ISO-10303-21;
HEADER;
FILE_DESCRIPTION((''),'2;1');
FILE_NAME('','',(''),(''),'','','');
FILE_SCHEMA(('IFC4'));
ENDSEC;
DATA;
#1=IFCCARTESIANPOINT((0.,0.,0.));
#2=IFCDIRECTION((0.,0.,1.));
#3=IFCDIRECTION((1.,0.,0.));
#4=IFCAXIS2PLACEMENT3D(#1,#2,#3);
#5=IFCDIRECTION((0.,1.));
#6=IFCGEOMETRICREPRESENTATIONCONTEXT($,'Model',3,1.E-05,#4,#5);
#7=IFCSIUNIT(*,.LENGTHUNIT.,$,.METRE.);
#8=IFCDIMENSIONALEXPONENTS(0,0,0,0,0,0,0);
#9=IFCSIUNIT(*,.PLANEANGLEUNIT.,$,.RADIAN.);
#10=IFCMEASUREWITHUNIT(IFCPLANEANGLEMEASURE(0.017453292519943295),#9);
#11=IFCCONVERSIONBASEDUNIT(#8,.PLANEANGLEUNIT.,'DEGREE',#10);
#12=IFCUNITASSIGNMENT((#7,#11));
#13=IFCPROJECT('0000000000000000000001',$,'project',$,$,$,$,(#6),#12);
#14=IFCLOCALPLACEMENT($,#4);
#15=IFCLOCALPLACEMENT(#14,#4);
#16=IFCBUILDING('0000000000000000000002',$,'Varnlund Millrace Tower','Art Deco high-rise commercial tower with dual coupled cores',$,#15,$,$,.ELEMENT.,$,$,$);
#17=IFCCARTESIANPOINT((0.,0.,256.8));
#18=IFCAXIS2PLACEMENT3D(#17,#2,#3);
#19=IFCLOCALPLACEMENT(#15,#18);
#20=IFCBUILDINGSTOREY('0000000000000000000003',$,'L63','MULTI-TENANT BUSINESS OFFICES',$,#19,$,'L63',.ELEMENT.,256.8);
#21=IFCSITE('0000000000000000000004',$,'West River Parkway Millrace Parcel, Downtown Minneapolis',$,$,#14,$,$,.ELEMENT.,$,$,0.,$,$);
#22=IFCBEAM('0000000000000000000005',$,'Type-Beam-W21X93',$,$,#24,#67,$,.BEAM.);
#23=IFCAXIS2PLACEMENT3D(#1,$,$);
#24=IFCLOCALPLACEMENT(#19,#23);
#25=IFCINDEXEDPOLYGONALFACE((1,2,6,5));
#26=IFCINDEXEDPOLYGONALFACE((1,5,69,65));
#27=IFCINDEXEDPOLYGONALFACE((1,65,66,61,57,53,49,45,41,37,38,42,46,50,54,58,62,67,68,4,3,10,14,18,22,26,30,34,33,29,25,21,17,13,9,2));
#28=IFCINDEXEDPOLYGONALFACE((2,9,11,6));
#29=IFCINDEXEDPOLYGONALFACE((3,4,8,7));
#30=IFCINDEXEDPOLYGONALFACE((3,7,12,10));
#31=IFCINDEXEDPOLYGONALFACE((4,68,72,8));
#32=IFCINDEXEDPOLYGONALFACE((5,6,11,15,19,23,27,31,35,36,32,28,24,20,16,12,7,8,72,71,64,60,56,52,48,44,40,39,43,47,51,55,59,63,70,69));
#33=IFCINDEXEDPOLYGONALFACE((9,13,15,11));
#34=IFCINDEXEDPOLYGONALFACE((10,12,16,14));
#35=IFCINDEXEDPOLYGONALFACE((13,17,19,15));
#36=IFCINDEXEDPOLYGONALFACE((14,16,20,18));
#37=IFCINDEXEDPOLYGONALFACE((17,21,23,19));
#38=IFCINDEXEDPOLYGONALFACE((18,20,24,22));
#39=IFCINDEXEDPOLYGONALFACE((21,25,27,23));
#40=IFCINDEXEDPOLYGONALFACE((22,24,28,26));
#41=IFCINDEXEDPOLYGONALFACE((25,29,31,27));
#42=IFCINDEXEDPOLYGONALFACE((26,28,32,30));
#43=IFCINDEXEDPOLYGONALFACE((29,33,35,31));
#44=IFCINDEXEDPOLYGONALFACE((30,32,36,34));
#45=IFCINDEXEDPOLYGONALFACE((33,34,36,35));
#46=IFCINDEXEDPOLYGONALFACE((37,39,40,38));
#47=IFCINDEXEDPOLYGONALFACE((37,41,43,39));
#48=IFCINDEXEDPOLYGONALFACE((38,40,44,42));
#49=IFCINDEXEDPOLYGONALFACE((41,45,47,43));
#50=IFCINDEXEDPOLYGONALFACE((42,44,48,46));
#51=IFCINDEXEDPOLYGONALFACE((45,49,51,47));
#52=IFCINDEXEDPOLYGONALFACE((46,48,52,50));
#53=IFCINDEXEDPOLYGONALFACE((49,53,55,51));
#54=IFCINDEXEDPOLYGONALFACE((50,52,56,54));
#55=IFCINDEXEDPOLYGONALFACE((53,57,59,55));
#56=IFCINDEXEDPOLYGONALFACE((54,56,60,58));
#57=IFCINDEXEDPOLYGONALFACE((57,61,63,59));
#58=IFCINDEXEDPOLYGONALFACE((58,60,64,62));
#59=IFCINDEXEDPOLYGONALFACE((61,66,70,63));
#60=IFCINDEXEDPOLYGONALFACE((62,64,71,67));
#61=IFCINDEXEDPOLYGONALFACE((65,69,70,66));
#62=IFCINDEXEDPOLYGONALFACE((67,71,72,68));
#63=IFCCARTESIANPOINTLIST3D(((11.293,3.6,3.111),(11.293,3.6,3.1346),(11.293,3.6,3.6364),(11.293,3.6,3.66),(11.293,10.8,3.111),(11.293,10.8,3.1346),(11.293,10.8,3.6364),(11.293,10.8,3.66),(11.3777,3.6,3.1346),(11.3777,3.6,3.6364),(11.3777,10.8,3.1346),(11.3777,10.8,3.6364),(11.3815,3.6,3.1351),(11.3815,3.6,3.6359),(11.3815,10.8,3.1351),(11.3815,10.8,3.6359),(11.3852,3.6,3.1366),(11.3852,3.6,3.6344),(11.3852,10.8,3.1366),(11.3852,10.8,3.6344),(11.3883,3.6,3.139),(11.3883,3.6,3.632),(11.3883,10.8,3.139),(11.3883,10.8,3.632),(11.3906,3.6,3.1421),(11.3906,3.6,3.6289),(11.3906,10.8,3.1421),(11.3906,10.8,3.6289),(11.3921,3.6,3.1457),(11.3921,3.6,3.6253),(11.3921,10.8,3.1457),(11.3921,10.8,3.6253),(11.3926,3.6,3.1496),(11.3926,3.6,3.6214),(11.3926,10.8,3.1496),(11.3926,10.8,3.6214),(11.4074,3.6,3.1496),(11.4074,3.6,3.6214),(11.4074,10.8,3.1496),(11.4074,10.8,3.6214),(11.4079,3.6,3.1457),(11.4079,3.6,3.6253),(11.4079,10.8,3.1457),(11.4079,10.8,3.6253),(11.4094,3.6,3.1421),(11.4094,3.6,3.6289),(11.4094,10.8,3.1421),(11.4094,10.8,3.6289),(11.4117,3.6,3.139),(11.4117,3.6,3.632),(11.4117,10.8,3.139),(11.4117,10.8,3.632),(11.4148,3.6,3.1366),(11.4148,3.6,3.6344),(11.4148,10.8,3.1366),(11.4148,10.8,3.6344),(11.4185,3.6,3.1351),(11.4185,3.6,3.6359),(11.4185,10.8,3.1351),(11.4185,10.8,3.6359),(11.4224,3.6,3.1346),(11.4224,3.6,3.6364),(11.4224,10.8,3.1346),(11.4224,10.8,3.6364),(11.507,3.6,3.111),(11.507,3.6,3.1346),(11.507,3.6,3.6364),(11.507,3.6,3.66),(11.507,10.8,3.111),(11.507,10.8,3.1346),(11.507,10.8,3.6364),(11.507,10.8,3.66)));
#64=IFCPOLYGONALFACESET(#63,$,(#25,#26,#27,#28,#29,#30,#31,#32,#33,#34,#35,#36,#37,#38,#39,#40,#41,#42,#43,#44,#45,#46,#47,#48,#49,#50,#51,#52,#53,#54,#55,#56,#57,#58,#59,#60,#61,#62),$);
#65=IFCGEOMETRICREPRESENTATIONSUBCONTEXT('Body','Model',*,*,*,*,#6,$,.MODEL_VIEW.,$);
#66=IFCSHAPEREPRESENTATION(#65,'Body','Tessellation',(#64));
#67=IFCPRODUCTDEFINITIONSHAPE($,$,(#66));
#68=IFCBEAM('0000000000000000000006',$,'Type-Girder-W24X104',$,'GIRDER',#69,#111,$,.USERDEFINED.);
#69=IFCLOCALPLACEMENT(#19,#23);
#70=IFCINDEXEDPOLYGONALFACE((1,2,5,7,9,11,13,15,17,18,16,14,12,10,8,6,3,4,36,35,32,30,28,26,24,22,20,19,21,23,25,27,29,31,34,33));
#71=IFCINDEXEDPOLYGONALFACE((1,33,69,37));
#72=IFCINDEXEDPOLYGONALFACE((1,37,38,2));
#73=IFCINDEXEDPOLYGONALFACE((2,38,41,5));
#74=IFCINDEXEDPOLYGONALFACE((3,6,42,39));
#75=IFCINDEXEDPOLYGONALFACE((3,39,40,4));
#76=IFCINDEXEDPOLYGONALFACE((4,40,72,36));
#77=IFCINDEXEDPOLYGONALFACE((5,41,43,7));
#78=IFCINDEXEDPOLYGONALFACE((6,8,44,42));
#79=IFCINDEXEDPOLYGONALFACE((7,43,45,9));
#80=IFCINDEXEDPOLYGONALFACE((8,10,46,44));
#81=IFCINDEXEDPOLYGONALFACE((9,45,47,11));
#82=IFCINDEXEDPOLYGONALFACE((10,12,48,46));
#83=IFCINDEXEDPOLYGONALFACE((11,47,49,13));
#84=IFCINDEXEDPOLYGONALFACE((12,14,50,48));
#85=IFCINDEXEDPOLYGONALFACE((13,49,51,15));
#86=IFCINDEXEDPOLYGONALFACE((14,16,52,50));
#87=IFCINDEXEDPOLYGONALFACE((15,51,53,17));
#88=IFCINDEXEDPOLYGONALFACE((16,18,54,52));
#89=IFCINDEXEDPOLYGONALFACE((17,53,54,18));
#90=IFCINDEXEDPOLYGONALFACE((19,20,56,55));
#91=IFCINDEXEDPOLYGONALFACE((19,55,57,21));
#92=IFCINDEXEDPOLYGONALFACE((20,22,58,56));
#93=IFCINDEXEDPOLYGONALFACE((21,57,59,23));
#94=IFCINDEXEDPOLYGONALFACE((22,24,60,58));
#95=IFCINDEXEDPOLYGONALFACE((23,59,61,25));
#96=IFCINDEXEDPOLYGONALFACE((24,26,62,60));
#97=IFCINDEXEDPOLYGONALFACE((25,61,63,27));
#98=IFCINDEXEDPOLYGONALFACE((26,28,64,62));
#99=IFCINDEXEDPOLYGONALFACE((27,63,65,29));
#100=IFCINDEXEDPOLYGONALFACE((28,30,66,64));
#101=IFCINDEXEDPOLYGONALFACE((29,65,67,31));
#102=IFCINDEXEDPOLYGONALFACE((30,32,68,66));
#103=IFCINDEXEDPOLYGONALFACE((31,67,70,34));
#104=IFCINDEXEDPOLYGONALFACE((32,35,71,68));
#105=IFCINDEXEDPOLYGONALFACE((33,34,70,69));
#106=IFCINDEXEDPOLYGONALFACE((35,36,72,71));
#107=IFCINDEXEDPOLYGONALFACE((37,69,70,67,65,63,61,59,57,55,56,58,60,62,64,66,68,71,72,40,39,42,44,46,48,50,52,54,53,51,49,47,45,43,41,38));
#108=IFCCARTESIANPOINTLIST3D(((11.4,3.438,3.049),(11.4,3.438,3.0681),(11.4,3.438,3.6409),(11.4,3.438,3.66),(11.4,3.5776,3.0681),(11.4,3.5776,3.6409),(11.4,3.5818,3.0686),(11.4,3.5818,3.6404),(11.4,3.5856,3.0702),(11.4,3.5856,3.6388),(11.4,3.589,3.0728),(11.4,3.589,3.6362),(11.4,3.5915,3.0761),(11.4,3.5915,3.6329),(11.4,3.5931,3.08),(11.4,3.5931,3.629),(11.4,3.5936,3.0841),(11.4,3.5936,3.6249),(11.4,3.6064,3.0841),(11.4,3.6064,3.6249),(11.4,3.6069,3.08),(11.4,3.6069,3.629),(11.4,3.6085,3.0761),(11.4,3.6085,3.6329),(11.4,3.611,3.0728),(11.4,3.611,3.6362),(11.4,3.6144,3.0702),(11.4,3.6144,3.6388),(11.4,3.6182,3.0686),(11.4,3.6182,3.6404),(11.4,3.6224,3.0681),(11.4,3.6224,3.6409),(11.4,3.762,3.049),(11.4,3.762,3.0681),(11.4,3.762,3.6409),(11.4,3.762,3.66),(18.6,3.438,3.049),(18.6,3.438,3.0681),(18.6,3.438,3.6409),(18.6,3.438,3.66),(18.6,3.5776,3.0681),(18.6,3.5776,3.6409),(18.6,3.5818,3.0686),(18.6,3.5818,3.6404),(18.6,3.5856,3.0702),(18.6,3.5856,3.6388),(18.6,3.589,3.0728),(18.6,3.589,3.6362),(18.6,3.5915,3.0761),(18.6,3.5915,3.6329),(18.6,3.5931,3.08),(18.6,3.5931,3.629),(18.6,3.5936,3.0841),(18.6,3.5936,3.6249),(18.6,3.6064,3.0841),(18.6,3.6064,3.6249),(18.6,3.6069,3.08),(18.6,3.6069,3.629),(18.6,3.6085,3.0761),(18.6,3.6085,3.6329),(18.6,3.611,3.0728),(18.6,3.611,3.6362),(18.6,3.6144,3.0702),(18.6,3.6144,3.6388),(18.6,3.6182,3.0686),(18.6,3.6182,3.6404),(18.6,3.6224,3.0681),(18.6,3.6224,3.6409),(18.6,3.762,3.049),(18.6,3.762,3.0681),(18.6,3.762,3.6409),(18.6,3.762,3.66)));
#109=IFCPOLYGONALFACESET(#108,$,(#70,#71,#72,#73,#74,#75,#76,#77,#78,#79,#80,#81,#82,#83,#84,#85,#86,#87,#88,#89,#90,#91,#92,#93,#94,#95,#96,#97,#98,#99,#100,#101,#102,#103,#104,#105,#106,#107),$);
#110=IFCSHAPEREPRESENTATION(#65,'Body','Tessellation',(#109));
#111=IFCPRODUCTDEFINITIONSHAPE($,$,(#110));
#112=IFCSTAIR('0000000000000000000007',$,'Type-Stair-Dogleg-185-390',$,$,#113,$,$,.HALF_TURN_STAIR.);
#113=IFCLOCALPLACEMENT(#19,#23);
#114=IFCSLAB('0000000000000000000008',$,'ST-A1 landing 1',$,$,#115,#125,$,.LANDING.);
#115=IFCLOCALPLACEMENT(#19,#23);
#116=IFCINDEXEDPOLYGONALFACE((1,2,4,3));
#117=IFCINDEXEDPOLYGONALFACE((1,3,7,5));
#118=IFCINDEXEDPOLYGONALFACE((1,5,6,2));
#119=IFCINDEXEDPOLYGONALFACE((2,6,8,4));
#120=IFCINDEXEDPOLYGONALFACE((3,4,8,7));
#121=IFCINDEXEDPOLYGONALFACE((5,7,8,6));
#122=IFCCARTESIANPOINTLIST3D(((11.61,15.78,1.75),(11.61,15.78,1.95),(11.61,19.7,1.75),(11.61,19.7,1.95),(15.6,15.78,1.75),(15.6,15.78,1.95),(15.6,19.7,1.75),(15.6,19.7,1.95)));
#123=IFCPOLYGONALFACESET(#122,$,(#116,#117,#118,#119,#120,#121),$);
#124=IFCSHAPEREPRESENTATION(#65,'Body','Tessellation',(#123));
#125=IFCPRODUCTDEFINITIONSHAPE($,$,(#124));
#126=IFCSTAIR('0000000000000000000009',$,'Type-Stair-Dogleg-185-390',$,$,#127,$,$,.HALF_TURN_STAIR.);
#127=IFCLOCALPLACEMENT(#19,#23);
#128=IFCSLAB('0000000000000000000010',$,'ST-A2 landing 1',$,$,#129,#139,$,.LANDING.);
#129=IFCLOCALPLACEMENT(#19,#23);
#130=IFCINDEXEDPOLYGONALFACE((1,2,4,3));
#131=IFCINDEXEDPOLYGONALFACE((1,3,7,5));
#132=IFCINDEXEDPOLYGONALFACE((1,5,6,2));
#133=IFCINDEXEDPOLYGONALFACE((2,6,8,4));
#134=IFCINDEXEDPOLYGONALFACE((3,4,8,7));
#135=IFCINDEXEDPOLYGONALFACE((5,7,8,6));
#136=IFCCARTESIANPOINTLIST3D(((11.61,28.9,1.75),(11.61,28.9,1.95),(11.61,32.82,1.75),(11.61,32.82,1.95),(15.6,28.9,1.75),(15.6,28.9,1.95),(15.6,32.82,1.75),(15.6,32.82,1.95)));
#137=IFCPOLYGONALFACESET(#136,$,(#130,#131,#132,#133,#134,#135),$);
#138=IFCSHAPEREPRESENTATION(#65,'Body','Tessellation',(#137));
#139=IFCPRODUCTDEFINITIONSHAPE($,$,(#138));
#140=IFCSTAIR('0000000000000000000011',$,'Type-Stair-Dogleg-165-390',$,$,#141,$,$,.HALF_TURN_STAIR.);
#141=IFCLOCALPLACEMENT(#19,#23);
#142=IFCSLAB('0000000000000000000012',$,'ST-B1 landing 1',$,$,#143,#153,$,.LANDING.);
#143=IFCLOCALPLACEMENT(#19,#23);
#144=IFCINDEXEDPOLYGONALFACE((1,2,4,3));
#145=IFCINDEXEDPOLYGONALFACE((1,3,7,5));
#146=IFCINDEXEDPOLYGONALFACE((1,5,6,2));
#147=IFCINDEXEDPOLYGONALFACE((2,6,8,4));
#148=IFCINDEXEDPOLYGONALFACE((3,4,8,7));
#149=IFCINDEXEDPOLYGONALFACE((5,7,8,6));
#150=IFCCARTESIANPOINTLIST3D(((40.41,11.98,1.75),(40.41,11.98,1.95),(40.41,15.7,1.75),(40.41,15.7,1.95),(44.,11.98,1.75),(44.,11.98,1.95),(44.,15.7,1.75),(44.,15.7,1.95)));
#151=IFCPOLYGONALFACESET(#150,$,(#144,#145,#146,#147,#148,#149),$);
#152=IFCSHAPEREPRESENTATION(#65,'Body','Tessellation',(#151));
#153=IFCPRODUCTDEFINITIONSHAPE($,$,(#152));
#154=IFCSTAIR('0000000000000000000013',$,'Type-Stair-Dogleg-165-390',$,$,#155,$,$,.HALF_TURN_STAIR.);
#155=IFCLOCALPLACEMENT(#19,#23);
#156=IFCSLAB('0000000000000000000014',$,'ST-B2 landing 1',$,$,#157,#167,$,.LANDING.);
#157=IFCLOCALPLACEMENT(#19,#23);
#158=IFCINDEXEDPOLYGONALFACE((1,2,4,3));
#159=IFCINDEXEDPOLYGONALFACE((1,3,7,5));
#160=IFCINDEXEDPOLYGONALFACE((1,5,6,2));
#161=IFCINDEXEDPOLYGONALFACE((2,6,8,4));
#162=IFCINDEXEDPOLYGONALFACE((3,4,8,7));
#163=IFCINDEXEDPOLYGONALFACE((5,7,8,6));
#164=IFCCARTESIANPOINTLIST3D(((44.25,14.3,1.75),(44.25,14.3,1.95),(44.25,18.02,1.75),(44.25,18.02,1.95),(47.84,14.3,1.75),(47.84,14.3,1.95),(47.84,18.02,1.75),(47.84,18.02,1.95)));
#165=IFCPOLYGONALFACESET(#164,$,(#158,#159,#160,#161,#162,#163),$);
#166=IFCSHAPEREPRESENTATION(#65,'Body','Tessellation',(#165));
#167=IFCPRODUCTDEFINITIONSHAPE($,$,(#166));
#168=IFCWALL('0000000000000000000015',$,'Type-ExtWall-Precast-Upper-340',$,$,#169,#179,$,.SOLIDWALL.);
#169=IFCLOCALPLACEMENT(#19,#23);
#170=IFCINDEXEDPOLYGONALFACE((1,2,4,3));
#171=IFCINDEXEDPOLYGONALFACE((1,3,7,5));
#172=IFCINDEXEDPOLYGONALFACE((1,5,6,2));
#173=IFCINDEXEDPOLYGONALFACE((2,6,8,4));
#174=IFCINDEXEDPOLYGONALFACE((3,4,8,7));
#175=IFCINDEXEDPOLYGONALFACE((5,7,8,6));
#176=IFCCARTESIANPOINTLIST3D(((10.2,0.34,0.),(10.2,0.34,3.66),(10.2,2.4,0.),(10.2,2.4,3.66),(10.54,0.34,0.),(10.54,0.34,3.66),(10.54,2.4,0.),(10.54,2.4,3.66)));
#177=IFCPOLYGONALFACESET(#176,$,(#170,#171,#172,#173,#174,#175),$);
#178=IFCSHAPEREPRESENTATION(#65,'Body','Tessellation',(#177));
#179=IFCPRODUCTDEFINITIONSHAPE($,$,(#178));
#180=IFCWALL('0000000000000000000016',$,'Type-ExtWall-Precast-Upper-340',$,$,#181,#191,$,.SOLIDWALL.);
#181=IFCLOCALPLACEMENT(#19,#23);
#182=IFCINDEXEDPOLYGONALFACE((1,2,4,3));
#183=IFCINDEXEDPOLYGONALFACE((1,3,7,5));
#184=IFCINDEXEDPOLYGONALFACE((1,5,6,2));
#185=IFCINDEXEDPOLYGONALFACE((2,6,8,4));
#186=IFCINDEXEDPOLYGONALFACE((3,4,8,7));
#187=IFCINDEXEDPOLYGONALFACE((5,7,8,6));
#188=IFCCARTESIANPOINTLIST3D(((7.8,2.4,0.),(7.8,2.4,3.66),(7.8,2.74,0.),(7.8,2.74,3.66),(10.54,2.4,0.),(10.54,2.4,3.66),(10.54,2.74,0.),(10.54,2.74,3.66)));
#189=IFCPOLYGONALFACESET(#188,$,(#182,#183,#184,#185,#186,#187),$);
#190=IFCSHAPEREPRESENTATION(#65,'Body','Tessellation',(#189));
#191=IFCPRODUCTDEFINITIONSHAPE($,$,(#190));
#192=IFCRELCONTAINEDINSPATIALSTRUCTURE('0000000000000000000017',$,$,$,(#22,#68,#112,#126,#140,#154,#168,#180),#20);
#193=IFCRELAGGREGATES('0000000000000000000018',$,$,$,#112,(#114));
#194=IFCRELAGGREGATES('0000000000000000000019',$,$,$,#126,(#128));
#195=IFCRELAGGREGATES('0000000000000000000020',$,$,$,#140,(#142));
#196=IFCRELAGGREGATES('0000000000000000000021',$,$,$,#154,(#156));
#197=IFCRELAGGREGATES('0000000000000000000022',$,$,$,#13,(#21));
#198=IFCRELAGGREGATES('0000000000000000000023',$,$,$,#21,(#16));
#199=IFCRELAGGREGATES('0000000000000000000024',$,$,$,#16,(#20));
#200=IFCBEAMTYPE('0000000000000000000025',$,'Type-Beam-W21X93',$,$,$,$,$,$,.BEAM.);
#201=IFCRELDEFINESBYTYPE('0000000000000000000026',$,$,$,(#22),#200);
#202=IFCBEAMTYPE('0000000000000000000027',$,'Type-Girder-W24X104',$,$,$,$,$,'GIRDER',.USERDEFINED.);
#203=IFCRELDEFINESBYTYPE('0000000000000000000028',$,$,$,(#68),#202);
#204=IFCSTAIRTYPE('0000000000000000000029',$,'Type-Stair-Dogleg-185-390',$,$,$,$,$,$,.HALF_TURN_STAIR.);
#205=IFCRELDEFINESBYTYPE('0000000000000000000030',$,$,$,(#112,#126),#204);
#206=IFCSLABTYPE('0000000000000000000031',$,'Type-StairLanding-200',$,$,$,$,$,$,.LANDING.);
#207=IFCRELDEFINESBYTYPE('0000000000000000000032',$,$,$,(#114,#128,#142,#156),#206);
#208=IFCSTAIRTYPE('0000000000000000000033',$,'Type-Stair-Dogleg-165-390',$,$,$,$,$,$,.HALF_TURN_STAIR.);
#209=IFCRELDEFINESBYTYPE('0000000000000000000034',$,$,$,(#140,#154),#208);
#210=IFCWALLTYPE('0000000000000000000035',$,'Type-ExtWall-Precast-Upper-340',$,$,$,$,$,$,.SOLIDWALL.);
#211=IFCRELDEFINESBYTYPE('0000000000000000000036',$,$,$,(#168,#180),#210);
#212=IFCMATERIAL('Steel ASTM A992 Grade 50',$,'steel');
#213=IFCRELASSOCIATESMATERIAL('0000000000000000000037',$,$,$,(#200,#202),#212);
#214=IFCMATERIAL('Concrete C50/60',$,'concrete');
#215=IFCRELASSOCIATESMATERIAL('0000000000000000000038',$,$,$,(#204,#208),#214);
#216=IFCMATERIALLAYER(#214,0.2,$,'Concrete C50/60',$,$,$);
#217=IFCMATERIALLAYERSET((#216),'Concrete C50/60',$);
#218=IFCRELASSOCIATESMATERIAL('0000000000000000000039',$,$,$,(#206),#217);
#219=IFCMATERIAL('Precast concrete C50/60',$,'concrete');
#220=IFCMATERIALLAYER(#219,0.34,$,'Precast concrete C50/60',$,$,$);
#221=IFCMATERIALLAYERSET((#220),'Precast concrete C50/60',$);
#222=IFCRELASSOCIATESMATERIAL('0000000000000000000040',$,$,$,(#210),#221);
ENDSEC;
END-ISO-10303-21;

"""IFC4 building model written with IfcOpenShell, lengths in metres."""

from ifc_helpers import new_model, entity, si_unit, converted_unit, direction, frame, origin_with_axes, origin_2d_with_axis, place, context, subcontext, project, spatial, polyline, i_section, outline, extrude, material, layer, layer_set, material_profile, profile_set, type_object, element, aggregate, save


model = new_model("IFC4")

# Units and contexts
model_context = context("Model", 3, precision=1e-05, world=origin_with_axes(), true_north=direction((0.0, 1.0)))
body_context = subcontext(model_context, "Body", "Model", "MODEL_VIEW")
ifc_project = project(units=[si_unit("LENGTHUNIT", "METRE"), converted_unit("PLANEANGLEUNIT", "DEGREE", entity("IfcPlaneAngleMeasure", 0.017453292519943295), si_unit("PLANEANGLEUNIT", "RADIAN"), dimensions=[0, 0, 0, 0, 0, 0, 0])], contexts=[model_context])

# Site, building, storey
site_placement = place(None, origin_with_axes())
site = spatial("IfcSite", under=ifc_project, at=site_placement, Name="West River Parkway Millrace Parcel, Downtown Minneapolis", CompositionType="ELEMENT", RefElevation=0.0)
building_placement = place(site_placement, origin_with_axes())
building = spatial("IfcBuilding", under=site, at=building_placement, Name="Varnlund Millrace Tower", Description="Art Deco high-rise commercial tower with dual coupled cores", CompositionType="ELEMENT")
storey_placement = place(building_placement, frame((0.0, 0.0, 256.8), z_axis=(0.0, 0.0, 1.0), x_axis=(1.0, 0.0, 0.0)))
storey = spatial("IfcBuildingStorey", under=building, at=storey_placement, Name="L63", Description="MULTI-TENANT BUSINESS OFFICES", LongName="L63", CompositionType="ELEMENT", Elevation=256.8)

# Beams
ifc_material_1 = material(Name="Steel ASTM A992 Grade 50", Category="steel")
ifc_material_profile_1 = material_profile(ifc_material_1, i_section(OverallWidth=0.214, OverallDepth=0.549, WebThickness=0.0147, FlangeThickness=0.0236, FilletRadius=0.015, at=origin_2d_with_axis()), Name="Steel ASTM A992 Grade 50")
ifc_profile_set_1 = profile_set([ifc_material_profile_1], Name="Steel ASTM A992 Grade 50")
beam_type_1 = type_object("IfcBeamType", Name="Type-Beam-W21X93", PredefinedType="BEAM", material=ifc_profile_set_1)
beam_1_placement = place(storey_placement, frame((11.4, 3.6, 3.3855), z_axis=(0.0, 1.0, 0.0), x_axis=(-1.0, 0.0, 0.0)))
element("IfcBeam", 1, at=beam_1_placement, inside=storey, type_object=beam_type_1, Name="Type-Beam-W21X93", PredefinedType="BEAM", context=body_context, shape_type="SweptSolid", body=[
    extrude(i_section(OverallWidth=0.214, OverallDepth=0.549, WebThickness=0.0147, FlangeThickness=0.0236, FilletRadius=0.015, at=origin_2d_with_axis()), origin_with_axes(), (0.0, 0.0, 1.0), 7.2),
])
ifc_material_profile_2 = material_profile(ifc_material_1, i_section(OverallWidth=0.324, OverallDepth=0.611, WebThickness=0.0127, FlangeThickness=0.0191, FilletRadius=0.016, at=origin_2d_with_axis()), Name="Steel ASTM A992 Grade 50")
ifc_profile_set_2 = profile_set([ifc_material_profile_2], Name="Steel ASTM A992 Grade 50")
beam_type_2 = type_object("IfcBeamType", Name="Type-Girder-W24X104", ElementType="GIRDER", PredefinedType="USERDEFINED", material=ifc_profile_set_2)
beam_2_placement = place(storey_placement, frame((11.4, 3.6, 3.3545), z_axis=(1.0, 0.0, 0.0), x_axis=(0.0, 1.0, 0.0)))
element("IfcBeam", 2, at=beam_2_placement, inside=storey, type_object=beam_type_2, Name="Type-Girder-W24X104", ObjectType="GIRDER", PredefinedType="USERDEFINED", context=body_context, shape_type="SweptSolid", body=[
    extrude(i_section(OverallWidth=0.324, OverallDepth=0.611, WebThickness=0.0127, FlangeThickness=0.0191, FilletRadius=0.016, at=origin_2d_with_axis()), origin_with_axes(), (0.0, 0.0, 1.0), 7.2),
])

# Stairs, slabs
ifc_material_2 = material(Name="Concrete C50/60", Category="concrete")
stair_type_1 = type_object("IfcStairType", Name="Type-Stair-Dogleg-185-390", PredefinedType="HALF_TURN_STAIR", material=ifc_material_2)
stair_1_placement = place(storey_placement, origin_with_axes())
stair_1 = element("IfcStair", 3, at=stair_1_placement, inside=storey, type_object=stair_type_1, Name="Type-Stair-Dogleg-185-390", PredefinedType="HALF_TURN_STAIR")
ifc_layer_1 = layer(ifc_material_2, 0.2, Name="Concrete C50/60")
ifc_layer_set_1 = layer_set([ifc_layer_1], Name="Concrete C50/60")
slab_type = type_object("IfcSlabType", Name="Type-StairLanding-200", PredefinedType="LANDING", material=ifc_layer_set_1)
slab_1_placement = place(storey_placement, frame((0.0, 0.0, 1.75), z_axis=(0.0, 0.0, 1.0), x_axis=(1.0, 0.0, 0.0)))
slab_1 = element("IfcSlab", 4, at=slab_1_placement, type_object=slab_type, Name="ST-A1 landing 1", PredefinedType="LANDING", context=body_context, shape_type="SweptSolid", body=[
    extrude(outline(polyline([(15.6, 15.78), (15.6, 19.7), (11.61, 19.7), (11.61, 15.78), (15.6, 15.78)])), origin_with_axes(), (0.0, 0.0, 1.0), 0.2),
])
aggregate(stair_1, [slab_1])
stair_2_placement = place(storey_placement, origin_with_axes())
stair_2 = element("IfcStair", 5, at=stair_2_placement, inside=storey, type_object=stair_type_1, Name="Type-Stair-Dogleg-185-390", PredefinedType="HALF_TURN_STAIR")
slab_2_placement = place(storey_placement, frame((0.0, 0.0, 1.75), z_axis=(0.0, 0.0, 1.0), x_axis=(1.0, 0.0, 0.0)))
slab_2 = element("IfcSlab", 6, at=slab_2_placement, type_object=slab_type, Name="ST-A2 landing 1", PredefinedType="LANDING", context=body_context, shape_type="SweptSolid", body=[
    extrude(outline(polyline([(11.61, 32.82), (11.61, 28.9), (15.6, 28.9), (15.6, 32.82), (11.61, 32.82)])), origin_with_axes(), (0.0, 0.0, 1.0), 0.2),
])
aggregate(stair_2, [slab_2])
stair_type_2 = type_object("IfcStairType", Name="Type-Stair-Dogleg-165-390", PredefinedType="HALF_TURN_STAIR", material=ifc_material_2)
stair_3_placement = place(storey_placement, origin_with_axes())
stair_3 = element("IfcStair", 7, at=stair_3_placement, inside=storey, type_object=stair_type_2, Name="Type-Stair-Dogleg-165-390", PredefinedType="HALF_TURN_STAIR")
slab_3_placement = place(storey_placement, frame((0.0, 0.0, 1.75), z_axis=(0.0, 0.0, 1.0), x_axis=(1.0, 0.0, 0.0)))
slab_3 = element("IfcSlab", 8, at=slab_3_placement, type_object=slab_type, Name="ST-B1 landing 1", PredefinedType="LANDING", context=body_context, shape_type="SweptSolid", body=[
    extrude(outline(polyline([(44.0, 11.98), (44.0, 15.7), (40.41, 15.7), (40.41, 11.98), (44.0, 11.98)])), origin_with_axes(), (0.0, 0.0, 1.0), 0.2),
])
aggregate(stair_3, [slab_3])
stair_4_placement = place(storey_placement, origin_with_axes())
stair_4 = element("IfcStair", 9, at=stair_4_placement, inside=storey, type_object=stair_type_2, Name="Type-Stair-Dogleg-165-390", PredefinedType="HALF_TURN_STAIR")
slab_4_placement = place(storey_placement, frame((0.0, 0.0, 1.75), z_axis=(0.0, 0.0, 1.0), x_axis=(1.0, 0.0, 0.0)))
slab_4 = element("IfcSlab", 10, at=slab_4_placement, type_object=slab_type, Name="ST-B2 landing 1", PredefinedType="LANDING", context=body_context, shape_type="SweptSolid", body=[
    extrude(outline(polyline([(44.25, 18.02), (44.25, 14.3), (47.84, 14.3), (47.84, 18.02), (44.25, 18.02)])), origin_with_axes(), (0.0, 0.0, 1.0), 0.2),
])
aggregate(stair_4, [slab_4])

# Walls
ifc_material_3 = material(Name="Precast concrete C50/60", Category="concrete")
ifc_layer_2 = layer(ifc_material_3, 0.34, Name="Precast concrete C50/60")
ifc_layer_set_2 = layer_set([ifc_layer_2], Name="Precast concrete C50/60")
wall_type_1 = type_object("IfcWallType", Name="Type-ExtWall-Precast-Upper-340", PredefinedType="SOLIDWALL", material=ifc_layer_set_2)
wall_1_placement = place(storey_placement, frame((10.37, 0.34, 0.0), z_axis=(0.0, 0.0, 1.0), x_axis=(0.0, 1.0, 0.0)))
element("IfcWall", 11, at=wall_1_placement, inside=storey, type_object=wall_type_1, Name="Type-ExtWall-Precast-Upper-340", PredefinedType="SOLIDWALL", context=body_context, shape_type="SweptSolid", body=[
    extrude(outline(polyline([(0.0, -0.17), (2.06, -0.17), (2.06, 0.17), (0.0, 0.17), (0.0, -0.17)])), origin_with_axes(), (0.0, 0.0, 1.0), 3.66),
])
wall_2_placement = place(storey_placement, frame((10.54, 2.57, 0.0), z_axis=(0.0, 0.0, 1.0), x_axis=(-1.0, 0.0, 0.0)))
element("IfcWall", 12, at=wall_2_placement, inside=storey, type_object=wall_type_1, Name="Type-ExtWall-Precast-Upper-340", PredefinedType="SOLIDWALL", context=body_context, shape_type="SweptSolid", body=[
    extrude(outline(polyline([(0.0, -0.17), (2.74, -0.17), (2.74, 0.17), (0.0, 0.17), (0.0, -0.17)])), origin_with_axes(), (0.0, 0.0, 1.0), 3.66),
])

save(model, "model.ifc")
